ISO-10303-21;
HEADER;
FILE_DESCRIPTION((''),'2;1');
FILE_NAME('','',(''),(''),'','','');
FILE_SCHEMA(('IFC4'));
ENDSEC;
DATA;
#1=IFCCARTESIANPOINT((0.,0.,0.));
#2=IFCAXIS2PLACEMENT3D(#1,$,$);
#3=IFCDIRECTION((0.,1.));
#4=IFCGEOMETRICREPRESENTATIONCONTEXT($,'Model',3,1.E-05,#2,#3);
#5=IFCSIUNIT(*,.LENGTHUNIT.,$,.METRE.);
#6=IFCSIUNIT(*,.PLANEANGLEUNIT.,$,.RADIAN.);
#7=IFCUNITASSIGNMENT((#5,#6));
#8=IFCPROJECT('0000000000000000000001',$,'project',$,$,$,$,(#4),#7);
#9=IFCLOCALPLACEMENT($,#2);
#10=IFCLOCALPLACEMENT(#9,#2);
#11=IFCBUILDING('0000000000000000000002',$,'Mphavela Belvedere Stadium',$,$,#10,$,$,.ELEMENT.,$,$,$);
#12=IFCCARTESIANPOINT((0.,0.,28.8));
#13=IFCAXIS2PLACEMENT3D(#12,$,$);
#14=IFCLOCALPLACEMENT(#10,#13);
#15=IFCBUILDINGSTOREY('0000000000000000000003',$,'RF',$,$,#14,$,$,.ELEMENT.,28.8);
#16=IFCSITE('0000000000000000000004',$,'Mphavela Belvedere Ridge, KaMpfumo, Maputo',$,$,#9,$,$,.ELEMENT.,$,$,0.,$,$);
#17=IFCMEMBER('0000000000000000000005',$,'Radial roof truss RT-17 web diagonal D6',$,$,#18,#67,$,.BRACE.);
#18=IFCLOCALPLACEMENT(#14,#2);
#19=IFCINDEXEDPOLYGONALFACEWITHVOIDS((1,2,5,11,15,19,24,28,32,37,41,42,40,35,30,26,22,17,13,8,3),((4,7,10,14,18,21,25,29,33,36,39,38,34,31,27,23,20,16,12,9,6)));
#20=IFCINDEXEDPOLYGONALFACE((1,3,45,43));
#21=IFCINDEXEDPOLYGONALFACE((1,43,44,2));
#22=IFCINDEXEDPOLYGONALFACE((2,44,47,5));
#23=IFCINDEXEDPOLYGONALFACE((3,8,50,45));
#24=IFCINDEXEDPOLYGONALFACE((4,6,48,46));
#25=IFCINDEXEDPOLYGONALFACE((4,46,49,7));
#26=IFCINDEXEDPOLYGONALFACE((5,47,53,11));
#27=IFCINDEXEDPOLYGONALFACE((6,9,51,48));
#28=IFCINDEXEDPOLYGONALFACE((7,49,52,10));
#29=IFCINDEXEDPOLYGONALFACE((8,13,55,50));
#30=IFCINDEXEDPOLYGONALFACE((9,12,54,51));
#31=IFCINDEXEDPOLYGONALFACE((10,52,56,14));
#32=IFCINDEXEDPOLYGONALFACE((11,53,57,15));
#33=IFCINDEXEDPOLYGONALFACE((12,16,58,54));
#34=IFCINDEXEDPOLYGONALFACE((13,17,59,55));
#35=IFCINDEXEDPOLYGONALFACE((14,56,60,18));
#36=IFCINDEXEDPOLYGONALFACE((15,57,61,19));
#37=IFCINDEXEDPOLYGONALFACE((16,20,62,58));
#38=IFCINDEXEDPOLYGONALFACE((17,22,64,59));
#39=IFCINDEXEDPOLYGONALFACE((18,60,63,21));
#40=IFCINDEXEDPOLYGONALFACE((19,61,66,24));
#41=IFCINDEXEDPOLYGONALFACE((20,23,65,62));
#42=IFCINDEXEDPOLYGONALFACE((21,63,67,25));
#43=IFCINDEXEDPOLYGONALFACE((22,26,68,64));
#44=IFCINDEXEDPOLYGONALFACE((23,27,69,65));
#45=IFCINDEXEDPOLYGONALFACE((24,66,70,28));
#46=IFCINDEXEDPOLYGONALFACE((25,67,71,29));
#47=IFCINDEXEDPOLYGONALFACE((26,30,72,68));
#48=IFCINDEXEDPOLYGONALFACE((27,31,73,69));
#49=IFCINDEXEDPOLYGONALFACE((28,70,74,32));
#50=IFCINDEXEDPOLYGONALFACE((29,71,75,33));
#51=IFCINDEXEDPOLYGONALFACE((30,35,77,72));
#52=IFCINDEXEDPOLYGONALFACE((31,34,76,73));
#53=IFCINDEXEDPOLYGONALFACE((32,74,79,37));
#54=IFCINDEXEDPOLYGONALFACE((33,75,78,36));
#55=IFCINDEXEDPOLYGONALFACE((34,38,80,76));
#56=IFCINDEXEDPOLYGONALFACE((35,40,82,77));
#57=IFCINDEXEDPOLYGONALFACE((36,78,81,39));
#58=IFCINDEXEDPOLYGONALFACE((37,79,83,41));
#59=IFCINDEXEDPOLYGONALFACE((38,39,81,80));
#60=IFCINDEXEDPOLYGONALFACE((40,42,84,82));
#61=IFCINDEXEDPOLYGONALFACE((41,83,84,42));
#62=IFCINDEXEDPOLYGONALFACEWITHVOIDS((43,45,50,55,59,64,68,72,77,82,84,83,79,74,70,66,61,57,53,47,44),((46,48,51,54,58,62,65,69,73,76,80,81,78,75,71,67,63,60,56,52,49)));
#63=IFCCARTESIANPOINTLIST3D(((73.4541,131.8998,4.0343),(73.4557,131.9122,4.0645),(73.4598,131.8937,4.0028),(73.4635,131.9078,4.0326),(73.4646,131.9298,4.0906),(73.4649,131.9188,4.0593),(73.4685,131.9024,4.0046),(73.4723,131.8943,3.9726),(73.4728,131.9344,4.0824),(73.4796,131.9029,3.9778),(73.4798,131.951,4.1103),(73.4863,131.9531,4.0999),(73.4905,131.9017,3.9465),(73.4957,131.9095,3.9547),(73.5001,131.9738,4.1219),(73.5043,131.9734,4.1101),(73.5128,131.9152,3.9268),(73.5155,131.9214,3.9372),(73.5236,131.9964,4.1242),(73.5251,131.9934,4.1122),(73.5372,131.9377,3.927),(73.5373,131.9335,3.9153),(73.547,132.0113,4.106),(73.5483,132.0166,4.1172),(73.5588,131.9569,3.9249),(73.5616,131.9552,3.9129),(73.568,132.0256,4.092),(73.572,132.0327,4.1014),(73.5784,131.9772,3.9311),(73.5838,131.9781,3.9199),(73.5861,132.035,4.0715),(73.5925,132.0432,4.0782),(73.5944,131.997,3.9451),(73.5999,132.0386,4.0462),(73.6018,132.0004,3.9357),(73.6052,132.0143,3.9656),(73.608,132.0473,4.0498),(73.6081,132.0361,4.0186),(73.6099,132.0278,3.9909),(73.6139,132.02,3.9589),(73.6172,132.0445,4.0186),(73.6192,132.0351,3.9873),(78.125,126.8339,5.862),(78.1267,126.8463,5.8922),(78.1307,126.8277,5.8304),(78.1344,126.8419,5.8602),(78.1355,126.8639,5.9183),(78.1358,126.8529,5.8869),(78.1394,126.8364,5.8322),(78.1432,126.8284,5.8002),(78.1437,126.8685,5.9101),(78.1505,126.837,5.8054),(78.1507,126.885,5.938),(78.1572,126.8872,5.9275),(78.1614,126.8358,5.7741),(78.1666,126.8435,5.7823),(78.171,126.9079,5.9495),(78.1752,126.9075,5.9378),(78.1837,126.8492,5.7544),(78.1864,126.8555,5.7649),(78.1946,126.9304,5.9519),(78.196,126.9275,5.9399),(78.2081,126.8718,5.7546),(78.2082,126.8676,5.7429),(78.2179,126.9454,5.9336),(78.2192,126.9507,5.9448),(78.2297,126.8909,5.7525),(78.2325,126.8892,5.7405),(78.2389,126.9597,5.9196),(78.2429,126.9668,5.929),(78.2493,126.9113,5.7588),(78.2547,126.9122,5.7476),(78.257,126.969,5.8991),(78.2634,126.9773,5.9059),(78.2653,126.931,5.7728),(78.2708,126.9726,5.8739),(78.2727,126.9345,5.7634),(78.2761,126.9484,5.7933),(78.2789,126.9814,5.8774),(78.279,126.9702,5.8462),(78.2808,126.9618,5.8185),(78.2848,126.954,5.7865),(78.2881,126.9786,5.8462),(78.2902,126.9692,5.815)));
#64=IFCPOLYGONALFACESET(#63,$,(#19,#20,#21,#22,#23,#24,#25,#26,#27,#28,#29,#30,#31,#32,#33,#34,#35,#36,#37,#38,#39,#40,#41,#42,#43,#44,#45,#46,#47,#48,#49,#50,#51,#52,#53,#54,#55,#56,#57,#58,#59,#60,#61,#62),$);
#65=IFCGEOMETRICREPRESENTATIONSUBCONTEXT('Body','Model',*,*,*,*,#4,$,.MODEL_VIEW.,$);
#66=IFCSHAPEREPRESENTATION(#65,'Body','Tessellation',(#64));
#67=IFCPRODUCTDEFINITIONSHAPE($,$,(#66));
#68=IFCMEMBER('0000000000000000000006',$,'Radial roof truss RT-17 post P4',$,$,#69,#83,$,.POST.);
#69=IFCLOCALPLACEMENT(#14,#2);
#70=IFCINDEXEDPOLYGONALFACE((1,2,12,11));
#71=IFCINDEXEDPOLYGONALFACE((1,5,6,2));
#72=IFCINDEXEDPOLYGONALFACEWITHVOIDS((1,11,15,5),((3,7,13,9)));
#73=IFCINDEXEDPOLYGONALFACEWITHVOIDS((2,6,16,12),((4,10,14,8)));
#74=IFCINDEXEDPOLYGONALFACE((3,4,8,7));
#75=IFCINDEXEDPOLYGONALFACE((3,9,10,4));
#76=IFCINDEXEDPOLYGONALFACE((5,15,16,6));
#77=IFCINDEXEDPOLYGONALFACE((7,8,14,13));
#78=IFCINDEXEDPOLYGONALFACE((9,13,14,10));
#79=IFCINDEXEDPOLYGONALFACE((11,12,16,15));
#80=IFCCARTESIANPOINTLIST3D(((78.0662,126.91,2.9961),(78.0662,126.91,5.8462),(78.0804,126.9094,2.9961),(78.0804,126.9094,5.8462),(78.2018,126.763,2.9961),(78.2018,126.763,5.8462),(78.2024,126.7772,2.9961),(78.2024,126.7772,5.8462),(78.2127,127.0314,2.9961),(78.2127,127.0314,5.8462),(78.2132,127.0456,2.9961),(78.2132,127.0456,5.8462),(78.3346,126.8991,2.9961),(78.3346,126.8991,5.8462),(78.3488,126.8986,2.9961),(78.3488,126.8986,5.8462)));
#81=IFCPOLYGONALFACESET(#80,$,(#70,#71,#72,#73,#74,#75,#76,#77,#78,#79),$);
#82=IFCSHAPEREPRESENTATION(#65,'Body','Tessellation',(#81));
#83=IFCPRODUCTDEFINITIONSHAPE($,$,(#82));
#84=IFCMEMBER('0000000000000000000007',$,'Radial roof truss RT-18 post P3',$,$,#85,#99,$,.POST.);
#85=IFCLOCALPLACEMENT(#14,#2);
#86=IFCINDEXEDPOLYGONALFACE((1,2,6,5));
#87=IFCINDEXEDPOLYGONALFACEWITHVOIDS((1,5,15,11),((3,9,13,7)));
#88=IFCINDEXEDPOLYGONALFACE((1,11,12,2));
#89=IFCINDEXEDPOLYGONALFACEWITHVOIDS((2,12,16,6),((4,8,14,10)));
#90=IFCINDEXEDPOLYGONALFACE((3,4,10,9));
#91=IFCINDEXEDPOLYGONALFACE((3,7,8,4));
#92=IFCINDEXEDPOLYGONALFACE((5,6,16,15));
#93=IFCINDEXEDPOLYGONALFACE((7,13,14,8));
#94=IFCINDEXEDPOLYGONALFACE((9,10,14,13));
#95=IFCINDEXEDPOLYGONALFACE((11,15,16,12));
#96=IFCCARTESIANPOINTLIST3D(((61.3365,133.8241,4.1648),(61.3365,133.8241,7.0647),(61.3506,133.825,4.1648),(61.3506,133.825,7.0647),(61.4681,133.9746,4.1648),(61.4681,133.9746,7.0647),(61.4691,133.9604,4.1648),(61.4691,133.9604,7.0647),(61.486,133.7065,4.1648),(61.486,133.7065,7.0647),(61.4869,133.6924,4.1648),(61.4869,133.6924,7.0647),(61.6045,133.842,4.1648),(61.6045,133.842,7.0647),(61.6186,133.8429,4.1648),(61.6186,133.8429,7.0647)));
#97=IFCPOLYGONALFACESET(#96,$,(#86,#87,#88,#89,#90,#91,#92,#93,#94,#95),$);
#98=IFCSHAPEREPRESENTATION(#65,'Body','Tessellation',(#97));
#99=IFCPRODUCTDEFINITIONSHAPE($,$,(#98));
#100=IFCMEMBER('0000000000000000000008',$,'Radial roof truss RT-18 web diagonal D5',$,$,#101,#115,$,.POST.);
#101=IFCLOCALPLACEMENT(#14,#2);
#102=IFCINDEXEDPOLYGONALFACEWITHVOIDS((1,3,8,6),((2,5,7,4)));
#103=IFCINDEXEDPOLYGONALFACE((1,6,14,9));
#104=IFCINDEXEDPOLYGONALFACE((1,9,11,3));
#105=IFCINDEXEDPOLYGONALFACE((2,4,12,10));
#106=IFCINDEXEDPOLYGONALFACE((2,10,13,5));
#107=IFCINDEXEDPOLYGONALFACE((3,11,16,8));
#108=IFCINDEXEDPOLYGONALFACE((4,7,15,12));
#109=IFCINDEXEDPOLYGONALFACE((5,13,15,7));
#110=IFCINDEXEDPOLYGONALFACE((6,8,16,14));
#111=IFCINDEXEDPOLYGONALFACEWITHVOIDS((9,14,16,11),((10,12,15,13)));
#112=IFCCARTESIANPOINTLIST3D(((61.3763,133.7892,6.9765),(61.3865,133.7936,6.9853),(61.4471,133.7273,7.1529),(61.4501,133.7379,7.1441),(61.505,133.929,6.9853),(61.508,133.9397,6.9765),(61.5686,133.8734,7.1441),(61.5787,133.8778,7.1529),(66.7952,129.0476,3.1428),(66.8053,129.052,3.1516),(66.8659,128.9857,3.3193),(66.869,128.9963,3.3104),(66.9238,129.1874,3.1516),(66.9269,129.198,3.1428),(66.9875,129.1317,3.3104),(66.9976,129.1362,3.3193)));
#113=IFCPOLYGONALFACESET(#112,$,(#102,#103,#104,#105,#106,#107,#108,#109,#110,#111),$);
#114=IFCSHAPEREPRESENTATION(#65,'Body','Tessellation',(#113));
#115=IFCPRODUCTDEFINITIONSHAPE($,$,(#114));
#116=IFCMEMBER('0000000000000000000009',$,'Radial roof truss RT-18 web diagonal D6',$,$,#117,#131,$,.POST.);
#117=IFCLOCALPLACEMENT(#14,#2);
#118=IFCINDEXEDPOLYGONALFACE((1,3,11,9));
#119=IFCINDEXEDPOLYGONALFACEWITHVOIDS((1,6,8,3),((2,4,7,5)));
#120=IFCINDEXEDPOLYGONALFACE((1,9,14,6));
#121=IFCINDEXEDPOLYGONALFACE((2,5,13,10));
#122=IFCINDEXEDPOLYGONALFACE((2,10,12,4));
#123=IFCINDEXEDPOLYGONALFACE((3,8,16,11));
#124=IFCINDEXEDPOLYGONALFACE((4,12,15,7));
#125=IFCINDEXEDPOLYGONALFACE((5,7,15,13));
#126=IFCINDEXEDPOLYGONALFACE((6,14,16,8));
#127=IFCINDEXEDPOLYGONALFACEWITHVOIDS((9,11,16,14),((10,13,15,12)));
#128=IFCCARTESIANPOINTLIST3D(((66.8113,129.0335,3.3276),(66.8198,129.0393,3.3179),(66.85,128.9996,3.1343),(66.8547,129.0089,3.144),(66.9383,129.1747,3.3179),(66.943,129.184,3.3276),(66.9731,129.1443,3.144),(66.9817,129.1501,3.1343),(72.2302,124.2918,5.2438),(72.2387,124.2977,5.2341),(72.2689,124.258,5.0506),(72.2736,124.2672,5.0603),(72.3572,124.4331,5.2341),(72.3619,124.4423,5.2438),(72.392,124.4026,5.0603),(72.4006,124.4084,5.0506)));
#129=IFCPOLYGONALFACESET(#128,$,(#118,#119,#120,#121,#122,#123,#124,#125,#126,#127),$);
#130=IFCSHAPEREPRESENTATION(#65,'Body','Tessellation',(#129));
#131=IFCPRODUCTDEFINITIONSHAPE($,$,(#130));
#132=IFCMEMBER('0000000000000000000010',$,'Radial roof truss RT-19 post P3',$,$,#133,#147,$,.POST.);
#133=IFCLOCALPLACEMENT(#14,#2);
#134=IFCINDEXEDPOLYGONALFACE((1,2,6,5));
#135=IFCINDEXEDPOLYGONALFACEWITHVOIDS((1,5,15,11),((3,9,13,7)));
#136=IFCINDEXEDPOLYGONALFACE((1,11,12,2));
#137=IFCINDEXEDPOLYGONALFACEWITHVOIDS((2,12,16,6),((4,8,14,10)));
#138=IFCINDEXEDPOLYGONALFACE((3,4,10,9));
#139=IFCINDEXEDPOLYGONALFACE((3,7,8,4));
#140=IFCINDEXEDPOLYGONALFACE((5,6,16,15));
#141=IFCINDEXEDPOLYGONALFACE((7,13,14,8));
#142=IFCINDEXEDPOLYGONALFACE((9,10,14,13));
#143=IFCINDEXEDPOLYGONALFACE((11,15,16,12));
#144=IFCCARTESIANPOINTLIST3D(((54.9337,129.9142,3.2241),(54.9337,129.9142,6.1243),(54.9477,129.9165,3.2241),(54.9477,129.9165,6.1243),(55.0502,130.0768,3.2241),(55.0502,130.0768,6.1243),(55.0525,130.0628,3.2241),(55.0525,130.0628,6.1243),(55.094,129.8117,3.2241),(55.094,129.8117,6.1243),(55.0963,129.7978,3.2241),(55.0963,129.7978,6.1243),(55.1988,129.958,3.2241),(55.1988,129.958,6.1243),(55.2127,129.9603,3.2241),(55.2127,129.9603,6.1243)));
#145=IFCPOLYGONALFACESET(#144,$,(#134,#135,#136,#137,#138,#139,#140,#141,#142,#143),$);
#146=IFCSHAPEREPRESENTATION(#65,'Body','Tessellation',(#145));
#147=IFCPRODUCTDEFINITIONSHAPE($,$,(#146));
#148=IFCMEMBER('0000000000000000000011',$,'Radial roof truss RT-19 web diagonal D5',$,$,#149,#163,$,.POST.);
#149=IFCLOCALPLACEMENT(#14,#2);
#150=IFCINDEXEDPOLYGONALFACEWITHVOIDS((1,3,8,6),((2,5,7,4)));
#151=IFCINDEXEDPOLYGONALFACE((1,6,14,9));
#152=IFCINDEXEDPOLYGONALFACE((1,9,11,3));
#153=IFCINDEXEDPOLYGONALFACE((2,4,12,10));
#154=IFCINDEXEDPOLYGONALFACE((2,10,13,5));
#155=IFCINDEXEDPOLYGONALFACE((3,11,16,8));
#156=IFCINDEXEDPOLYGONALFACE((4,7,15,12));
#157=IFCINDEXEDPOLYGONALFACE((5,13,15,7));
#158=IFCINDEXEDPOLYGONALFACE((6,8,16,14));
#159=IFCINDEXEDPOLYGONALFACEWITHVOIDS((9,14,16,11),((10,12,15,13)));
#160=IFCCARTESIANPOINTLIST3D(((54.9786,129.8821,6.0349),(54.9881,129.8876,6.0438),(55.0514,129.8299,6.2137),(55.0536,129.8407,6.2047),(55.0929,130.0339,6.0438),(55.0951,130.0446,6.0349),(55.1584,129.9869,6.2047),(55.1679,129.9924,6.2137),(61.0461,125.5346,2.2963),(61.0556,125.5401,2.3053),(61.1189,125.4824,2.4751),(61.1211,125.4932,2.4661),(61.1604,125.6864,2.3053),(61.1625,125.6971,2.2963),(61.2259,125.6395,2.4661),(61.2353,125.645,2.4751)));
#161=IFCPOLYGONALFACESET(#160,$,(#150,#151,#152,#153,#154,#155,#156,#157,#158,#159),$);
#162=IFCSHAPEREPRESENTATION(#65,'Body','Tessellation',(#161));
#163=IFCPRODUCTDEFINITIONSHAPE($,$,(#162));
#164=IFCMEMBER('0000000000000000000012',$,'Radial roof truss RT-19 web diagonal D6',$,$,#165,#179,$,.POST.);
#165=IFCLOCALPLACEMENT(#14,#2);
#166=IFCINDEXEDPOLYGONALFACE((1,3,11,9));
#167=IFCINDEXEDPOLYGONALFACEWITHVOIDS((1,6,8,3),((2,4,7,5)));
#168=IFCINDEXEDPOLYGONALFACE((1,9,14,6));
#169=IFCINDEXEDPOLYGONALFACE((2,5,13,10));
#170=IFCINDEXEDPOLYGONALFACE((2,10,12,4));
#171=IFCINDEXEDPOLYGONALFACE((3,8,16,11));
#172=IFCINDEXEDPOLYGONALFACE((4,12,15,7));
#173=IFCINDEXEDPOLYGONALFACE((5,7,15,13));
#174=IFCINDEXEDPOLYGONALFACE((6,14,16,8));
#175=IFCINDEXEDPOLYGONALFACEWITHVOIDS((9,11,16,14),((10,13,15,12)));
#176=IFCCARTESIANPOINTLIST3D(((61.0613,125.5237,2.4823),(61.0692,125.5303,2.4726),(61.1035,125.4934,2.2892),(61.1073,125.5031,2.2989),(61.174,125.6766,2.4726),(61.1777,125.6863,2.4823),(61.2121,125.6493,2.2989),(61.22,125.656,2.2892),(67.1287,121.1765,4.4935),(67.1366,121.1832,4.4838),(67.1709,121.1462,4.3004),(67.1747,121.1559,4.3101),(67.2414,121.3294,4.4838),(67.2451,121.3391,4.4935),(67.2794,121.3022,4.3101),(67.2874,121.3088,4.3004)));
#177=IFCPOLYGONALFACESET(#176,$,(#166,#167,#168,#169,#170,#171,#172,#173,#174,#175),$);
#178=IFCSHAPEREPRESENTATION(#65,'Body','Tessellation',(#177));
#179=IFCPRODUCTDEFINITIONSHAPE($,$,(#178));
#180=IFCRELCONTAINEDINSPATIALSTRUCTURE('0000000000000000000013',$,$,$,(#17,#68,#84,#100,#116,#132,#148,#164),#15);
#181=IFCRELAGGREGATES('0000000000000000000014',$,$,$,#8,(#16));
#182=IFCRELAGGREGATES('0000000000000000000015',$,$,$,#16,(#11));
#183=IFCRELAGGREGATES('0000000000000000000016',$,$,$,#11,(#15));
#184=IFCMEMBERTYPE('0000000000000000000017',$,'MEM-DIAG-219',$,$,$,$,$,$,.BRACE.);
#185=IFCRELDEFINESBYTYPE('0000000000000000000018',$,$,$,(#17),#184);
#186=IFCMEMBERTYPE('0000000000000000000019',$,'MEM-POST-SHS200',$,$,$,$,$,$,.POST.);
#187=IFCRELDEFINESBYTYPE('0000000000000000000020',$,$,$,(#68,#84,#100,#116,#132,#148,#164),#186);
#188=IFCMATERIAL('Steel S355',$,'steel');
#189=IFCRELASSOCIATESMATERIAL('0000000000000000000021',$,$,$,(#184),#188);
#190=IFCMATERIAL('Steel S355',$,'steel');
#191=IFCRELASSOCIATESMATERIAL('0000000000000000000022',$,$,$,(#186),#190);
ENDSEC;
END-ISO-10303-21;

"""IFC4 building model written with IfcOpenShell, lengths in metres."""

from ifc_helpers import new_model, si_unit, direction, frame, origin, origin_2d, place, context, subcontext, project, spatial, hollow_rectangle, hollow_circle, extrude, material, material_profile, profile_set, type_object, element, save


model = new_model("IFC4")

# Units and contexts
model_context = context("Model", 3, precision=1e-05, world=origin(), true_north=direction((0.0, 1.0)))
body_context = subcontext(model_context, "Body", "Model", "MODEL_VIEW")
ifc_project = project(units=[si_unit("LENGTHUNIT", "METRE"), si_unit("PLANEANGLEUNIT", "RADIAN")], contexts=[model_context])

# Site, building, storey
site_placement = place(None, origin())
site = spatial("IfcSite", under=ifc_project, at=site_placement, Name="Mphavela Belvedere Ridge, KaMpfumo, Maputo", CompositionType="ELEMENT", RefElevation=0.0)
building_placement = place(site_placement, origin())
building = spatial("IfcBuilding", under=site, at=building_placement, Name="Mphavela Belvedere Stadium", CompositionType="ELEMENT")
storey_placement = place(building_placement, frame((0.0, 0.0, 28.8)))
storey = spatial("IfcBuildingStorey", under=building, at=storey_placement, Name="RF", CompositionType="ELEMENT", Elevation=28.8)

# Members
ifc_material_1 = material(Name="Steel S355", Category="steel")
ifc_material_profile_1 = material_profile(ifc_material_1, hollow_circle(Radius=0.1096, WallThickness=0.0125, at=origin_2d()), Name="CHS 219.1x12.5")
ifc_profile_set_1 = profile_set([ifc_material_profile_1], Name="Steel S355")
member_type_1 = type_object("IfcMemberType", Name="MEM-DIAG-219", PredefinedType="BRACE", material=ifc_profile_set_1)
member_1_placement = place(storey_placement, frame((73.5366, 131.9702, 4.0186), z_axis=(0.655207, -0.710618, 0.25637), x_axis=(0.735189, 0.677862, 0.0)))
element("IfcMember", 1, at=member_1_placement, inside=storey, type_object=member_type_1, Name="Radial roof truss RT-17 web diagonal D6", PredefinedType="BRACE", context=body_context, shape_type="SweptSolid", body=[
    extrude(hollow_circle(Radius=0.1096, WallThickness=0.0125, at=origin_2d()), origin(), (0.0, 0.0, 1.0), 7.1289),
])
ifc_material_2 = material(Name="Steel S355", Category="steel")
ifc_material_profile_2 = material_profile(ifc_material_2, hollow_rectangle(XDim=0.2, YDim=0.2, WallThickness=0.01, at=origin_2d()), Name="SHS 200x200x10")
ifc_profile_set_2 = profile_set([ifc_material_profile_2], Name="Steel S355")
member_type_2 = type_object("IfcMemberType", Name="MEM-POST-SHS200", PredefinedType="POST", material=ifc_profile_set_2)
member_2_placement = place(storey_placement, frame((78.2075, 126.9043, 2.9961), z_axis=(0.0, 0.0, 1.0), x_axis=(-0.677903, 0.735151, 0.0)))
element("IfcMember", 2, at=member_2_placement, inside=storey, type_object=member_type_2, Name="Radial roof truss RT-17 post P4", PredefinedType="POST", context=body_context, shape_type="SweptSolid", body=[
    extrude(hollow_rectangle(XDim=0.2, YDim=0.2, WallThickness=0.01, at=origin_2d()), origin(), (0.0, 0.0, 1.0), 2.8501),
])
member_3_placement = place(storey_placement, frame((61.4775, 133.8335, 4.1648), z_axis=(0.0, 0.0, 1.0), x_axis=(-0.75253, 0.658558, 0.0)))
element("IfcMember", 3, at=member_3_placement, inside=storey, type_object=member_type_2, Name="Radial roof truss RT-18 post P3", PredefinedType="POST", context=body_context, shape_type="SweptSolid", body=[
    extrude(hollow_rectangle(XDim=0.2, YDim=0.2, WallThickness=0.01, at=origin_2d()), origin(), (0.0, 0.0, 1.0), 2.8999),
])
member_4_placement = place(storey_placement, frame((61.4775, 133.8335, 7.0647), z_axis=(0.664283, -0.581262, -0.46996), x_axis=(0.658514, 0.752568, 0.0)))
element("IfcMember", 4, at=member_4_placement, inside=storey, type_object=member_type_2, Name="Radial roof truss RT-18 web diagonal D5", PredefinedType="POST", context=body_context, shape_type="SweptSolid", body=[
    extrude(hollow_rectangle(XDim=0.2, YDim=0.2, WallThickness=0.01, at=origin_2d()), origin(), (0.0, 0.0, 1.0), 8.1575),
])
member_5_placement = place(storey_placement, frame((66.8965, 129.0918, 3.231), z_axis=(0.727256, -0.636365, 0.257174), x_axis=(0.658514, 0.752568, 0.0)))
element("IfcMember", 5, at=member_5_placement, inside=storey, type_object=member_type_2, Name="Radial roof truss RT-18 web diagonal D6", PredefinedType="POST", context=body_context, shape_type="SweptSolid", body=[
    extrude(hollow_rectangle(XDim=0.2, YDim=0.2, WallThickness=0.01, at=origin_2d()), origin(), (0.0, 0.0, 1.0), 7.4512),
])
member_6_placement = place(storey_placement, frame((55.0732, 129.9373, 3.2241), z_axis=(0.0, 0.0, 1.0), x_axis=(-0.812898, 0.582407, 0.0)))
element("IfcMember", 6, at=member_6_placement, inside=storey, type_object=member_type_2, Name="Radial roof truss RT-19 post P3", PredefinedType="POST", context=body_context, shape_type="SweptSolid", body=[
    extrude(hollow_rectangle(XDim=0.2, YDim=0.2, WallThickness=0.01, at=origin_2d()), origin(), (0.0, 0.0, 1.0), 2.9001),
])
member_7_placement = place(storey_placement, frame((55.0732, 129.9373, 6.1243), z_axis=(0.726804, -0.520771, -0.447833), x_axis=(0.582441, 0.812873, 0.0)))
element("IfcMember", 7, at=member_7_placement, inside=storey, type_object=member_type_2, Name="Radial roof truss RT-19 web diagonal D5", PredefinedType="POST", context=body_context, shape_type="SweptSolid", body=[
    extrude(hollow_rectangle(XDim=0.2, YDim=0.2, WallThickness=0.01, at=origin_2d()), origin(), (0.0, 0.0, 1.0), 8.3481),
])
member_8_placement = place(storey_placement, frame((61.1406, 125.5898, 2.3857), z_axis=(0.784893, -0.562361, 0.260178), x_axis=(0.58242, 0.812888, 0.0)))
element("IfcMember", 8, at=member_8_placement, inside=storey, type_object=member_type_2, Name="Radial roof truss RT-19 web diagonal D6", PredefinedType="POST", context=body_context, shape_type="SweptSolid", body=[
    extrude(hollow_rectangle(XDim=0.2, YDim=0.2, WallThickness=0.01, at=origin_2d()), origin(), (0.0, 0.0, 1.0), 7.7302),
])

save(model, "model.ifc")
